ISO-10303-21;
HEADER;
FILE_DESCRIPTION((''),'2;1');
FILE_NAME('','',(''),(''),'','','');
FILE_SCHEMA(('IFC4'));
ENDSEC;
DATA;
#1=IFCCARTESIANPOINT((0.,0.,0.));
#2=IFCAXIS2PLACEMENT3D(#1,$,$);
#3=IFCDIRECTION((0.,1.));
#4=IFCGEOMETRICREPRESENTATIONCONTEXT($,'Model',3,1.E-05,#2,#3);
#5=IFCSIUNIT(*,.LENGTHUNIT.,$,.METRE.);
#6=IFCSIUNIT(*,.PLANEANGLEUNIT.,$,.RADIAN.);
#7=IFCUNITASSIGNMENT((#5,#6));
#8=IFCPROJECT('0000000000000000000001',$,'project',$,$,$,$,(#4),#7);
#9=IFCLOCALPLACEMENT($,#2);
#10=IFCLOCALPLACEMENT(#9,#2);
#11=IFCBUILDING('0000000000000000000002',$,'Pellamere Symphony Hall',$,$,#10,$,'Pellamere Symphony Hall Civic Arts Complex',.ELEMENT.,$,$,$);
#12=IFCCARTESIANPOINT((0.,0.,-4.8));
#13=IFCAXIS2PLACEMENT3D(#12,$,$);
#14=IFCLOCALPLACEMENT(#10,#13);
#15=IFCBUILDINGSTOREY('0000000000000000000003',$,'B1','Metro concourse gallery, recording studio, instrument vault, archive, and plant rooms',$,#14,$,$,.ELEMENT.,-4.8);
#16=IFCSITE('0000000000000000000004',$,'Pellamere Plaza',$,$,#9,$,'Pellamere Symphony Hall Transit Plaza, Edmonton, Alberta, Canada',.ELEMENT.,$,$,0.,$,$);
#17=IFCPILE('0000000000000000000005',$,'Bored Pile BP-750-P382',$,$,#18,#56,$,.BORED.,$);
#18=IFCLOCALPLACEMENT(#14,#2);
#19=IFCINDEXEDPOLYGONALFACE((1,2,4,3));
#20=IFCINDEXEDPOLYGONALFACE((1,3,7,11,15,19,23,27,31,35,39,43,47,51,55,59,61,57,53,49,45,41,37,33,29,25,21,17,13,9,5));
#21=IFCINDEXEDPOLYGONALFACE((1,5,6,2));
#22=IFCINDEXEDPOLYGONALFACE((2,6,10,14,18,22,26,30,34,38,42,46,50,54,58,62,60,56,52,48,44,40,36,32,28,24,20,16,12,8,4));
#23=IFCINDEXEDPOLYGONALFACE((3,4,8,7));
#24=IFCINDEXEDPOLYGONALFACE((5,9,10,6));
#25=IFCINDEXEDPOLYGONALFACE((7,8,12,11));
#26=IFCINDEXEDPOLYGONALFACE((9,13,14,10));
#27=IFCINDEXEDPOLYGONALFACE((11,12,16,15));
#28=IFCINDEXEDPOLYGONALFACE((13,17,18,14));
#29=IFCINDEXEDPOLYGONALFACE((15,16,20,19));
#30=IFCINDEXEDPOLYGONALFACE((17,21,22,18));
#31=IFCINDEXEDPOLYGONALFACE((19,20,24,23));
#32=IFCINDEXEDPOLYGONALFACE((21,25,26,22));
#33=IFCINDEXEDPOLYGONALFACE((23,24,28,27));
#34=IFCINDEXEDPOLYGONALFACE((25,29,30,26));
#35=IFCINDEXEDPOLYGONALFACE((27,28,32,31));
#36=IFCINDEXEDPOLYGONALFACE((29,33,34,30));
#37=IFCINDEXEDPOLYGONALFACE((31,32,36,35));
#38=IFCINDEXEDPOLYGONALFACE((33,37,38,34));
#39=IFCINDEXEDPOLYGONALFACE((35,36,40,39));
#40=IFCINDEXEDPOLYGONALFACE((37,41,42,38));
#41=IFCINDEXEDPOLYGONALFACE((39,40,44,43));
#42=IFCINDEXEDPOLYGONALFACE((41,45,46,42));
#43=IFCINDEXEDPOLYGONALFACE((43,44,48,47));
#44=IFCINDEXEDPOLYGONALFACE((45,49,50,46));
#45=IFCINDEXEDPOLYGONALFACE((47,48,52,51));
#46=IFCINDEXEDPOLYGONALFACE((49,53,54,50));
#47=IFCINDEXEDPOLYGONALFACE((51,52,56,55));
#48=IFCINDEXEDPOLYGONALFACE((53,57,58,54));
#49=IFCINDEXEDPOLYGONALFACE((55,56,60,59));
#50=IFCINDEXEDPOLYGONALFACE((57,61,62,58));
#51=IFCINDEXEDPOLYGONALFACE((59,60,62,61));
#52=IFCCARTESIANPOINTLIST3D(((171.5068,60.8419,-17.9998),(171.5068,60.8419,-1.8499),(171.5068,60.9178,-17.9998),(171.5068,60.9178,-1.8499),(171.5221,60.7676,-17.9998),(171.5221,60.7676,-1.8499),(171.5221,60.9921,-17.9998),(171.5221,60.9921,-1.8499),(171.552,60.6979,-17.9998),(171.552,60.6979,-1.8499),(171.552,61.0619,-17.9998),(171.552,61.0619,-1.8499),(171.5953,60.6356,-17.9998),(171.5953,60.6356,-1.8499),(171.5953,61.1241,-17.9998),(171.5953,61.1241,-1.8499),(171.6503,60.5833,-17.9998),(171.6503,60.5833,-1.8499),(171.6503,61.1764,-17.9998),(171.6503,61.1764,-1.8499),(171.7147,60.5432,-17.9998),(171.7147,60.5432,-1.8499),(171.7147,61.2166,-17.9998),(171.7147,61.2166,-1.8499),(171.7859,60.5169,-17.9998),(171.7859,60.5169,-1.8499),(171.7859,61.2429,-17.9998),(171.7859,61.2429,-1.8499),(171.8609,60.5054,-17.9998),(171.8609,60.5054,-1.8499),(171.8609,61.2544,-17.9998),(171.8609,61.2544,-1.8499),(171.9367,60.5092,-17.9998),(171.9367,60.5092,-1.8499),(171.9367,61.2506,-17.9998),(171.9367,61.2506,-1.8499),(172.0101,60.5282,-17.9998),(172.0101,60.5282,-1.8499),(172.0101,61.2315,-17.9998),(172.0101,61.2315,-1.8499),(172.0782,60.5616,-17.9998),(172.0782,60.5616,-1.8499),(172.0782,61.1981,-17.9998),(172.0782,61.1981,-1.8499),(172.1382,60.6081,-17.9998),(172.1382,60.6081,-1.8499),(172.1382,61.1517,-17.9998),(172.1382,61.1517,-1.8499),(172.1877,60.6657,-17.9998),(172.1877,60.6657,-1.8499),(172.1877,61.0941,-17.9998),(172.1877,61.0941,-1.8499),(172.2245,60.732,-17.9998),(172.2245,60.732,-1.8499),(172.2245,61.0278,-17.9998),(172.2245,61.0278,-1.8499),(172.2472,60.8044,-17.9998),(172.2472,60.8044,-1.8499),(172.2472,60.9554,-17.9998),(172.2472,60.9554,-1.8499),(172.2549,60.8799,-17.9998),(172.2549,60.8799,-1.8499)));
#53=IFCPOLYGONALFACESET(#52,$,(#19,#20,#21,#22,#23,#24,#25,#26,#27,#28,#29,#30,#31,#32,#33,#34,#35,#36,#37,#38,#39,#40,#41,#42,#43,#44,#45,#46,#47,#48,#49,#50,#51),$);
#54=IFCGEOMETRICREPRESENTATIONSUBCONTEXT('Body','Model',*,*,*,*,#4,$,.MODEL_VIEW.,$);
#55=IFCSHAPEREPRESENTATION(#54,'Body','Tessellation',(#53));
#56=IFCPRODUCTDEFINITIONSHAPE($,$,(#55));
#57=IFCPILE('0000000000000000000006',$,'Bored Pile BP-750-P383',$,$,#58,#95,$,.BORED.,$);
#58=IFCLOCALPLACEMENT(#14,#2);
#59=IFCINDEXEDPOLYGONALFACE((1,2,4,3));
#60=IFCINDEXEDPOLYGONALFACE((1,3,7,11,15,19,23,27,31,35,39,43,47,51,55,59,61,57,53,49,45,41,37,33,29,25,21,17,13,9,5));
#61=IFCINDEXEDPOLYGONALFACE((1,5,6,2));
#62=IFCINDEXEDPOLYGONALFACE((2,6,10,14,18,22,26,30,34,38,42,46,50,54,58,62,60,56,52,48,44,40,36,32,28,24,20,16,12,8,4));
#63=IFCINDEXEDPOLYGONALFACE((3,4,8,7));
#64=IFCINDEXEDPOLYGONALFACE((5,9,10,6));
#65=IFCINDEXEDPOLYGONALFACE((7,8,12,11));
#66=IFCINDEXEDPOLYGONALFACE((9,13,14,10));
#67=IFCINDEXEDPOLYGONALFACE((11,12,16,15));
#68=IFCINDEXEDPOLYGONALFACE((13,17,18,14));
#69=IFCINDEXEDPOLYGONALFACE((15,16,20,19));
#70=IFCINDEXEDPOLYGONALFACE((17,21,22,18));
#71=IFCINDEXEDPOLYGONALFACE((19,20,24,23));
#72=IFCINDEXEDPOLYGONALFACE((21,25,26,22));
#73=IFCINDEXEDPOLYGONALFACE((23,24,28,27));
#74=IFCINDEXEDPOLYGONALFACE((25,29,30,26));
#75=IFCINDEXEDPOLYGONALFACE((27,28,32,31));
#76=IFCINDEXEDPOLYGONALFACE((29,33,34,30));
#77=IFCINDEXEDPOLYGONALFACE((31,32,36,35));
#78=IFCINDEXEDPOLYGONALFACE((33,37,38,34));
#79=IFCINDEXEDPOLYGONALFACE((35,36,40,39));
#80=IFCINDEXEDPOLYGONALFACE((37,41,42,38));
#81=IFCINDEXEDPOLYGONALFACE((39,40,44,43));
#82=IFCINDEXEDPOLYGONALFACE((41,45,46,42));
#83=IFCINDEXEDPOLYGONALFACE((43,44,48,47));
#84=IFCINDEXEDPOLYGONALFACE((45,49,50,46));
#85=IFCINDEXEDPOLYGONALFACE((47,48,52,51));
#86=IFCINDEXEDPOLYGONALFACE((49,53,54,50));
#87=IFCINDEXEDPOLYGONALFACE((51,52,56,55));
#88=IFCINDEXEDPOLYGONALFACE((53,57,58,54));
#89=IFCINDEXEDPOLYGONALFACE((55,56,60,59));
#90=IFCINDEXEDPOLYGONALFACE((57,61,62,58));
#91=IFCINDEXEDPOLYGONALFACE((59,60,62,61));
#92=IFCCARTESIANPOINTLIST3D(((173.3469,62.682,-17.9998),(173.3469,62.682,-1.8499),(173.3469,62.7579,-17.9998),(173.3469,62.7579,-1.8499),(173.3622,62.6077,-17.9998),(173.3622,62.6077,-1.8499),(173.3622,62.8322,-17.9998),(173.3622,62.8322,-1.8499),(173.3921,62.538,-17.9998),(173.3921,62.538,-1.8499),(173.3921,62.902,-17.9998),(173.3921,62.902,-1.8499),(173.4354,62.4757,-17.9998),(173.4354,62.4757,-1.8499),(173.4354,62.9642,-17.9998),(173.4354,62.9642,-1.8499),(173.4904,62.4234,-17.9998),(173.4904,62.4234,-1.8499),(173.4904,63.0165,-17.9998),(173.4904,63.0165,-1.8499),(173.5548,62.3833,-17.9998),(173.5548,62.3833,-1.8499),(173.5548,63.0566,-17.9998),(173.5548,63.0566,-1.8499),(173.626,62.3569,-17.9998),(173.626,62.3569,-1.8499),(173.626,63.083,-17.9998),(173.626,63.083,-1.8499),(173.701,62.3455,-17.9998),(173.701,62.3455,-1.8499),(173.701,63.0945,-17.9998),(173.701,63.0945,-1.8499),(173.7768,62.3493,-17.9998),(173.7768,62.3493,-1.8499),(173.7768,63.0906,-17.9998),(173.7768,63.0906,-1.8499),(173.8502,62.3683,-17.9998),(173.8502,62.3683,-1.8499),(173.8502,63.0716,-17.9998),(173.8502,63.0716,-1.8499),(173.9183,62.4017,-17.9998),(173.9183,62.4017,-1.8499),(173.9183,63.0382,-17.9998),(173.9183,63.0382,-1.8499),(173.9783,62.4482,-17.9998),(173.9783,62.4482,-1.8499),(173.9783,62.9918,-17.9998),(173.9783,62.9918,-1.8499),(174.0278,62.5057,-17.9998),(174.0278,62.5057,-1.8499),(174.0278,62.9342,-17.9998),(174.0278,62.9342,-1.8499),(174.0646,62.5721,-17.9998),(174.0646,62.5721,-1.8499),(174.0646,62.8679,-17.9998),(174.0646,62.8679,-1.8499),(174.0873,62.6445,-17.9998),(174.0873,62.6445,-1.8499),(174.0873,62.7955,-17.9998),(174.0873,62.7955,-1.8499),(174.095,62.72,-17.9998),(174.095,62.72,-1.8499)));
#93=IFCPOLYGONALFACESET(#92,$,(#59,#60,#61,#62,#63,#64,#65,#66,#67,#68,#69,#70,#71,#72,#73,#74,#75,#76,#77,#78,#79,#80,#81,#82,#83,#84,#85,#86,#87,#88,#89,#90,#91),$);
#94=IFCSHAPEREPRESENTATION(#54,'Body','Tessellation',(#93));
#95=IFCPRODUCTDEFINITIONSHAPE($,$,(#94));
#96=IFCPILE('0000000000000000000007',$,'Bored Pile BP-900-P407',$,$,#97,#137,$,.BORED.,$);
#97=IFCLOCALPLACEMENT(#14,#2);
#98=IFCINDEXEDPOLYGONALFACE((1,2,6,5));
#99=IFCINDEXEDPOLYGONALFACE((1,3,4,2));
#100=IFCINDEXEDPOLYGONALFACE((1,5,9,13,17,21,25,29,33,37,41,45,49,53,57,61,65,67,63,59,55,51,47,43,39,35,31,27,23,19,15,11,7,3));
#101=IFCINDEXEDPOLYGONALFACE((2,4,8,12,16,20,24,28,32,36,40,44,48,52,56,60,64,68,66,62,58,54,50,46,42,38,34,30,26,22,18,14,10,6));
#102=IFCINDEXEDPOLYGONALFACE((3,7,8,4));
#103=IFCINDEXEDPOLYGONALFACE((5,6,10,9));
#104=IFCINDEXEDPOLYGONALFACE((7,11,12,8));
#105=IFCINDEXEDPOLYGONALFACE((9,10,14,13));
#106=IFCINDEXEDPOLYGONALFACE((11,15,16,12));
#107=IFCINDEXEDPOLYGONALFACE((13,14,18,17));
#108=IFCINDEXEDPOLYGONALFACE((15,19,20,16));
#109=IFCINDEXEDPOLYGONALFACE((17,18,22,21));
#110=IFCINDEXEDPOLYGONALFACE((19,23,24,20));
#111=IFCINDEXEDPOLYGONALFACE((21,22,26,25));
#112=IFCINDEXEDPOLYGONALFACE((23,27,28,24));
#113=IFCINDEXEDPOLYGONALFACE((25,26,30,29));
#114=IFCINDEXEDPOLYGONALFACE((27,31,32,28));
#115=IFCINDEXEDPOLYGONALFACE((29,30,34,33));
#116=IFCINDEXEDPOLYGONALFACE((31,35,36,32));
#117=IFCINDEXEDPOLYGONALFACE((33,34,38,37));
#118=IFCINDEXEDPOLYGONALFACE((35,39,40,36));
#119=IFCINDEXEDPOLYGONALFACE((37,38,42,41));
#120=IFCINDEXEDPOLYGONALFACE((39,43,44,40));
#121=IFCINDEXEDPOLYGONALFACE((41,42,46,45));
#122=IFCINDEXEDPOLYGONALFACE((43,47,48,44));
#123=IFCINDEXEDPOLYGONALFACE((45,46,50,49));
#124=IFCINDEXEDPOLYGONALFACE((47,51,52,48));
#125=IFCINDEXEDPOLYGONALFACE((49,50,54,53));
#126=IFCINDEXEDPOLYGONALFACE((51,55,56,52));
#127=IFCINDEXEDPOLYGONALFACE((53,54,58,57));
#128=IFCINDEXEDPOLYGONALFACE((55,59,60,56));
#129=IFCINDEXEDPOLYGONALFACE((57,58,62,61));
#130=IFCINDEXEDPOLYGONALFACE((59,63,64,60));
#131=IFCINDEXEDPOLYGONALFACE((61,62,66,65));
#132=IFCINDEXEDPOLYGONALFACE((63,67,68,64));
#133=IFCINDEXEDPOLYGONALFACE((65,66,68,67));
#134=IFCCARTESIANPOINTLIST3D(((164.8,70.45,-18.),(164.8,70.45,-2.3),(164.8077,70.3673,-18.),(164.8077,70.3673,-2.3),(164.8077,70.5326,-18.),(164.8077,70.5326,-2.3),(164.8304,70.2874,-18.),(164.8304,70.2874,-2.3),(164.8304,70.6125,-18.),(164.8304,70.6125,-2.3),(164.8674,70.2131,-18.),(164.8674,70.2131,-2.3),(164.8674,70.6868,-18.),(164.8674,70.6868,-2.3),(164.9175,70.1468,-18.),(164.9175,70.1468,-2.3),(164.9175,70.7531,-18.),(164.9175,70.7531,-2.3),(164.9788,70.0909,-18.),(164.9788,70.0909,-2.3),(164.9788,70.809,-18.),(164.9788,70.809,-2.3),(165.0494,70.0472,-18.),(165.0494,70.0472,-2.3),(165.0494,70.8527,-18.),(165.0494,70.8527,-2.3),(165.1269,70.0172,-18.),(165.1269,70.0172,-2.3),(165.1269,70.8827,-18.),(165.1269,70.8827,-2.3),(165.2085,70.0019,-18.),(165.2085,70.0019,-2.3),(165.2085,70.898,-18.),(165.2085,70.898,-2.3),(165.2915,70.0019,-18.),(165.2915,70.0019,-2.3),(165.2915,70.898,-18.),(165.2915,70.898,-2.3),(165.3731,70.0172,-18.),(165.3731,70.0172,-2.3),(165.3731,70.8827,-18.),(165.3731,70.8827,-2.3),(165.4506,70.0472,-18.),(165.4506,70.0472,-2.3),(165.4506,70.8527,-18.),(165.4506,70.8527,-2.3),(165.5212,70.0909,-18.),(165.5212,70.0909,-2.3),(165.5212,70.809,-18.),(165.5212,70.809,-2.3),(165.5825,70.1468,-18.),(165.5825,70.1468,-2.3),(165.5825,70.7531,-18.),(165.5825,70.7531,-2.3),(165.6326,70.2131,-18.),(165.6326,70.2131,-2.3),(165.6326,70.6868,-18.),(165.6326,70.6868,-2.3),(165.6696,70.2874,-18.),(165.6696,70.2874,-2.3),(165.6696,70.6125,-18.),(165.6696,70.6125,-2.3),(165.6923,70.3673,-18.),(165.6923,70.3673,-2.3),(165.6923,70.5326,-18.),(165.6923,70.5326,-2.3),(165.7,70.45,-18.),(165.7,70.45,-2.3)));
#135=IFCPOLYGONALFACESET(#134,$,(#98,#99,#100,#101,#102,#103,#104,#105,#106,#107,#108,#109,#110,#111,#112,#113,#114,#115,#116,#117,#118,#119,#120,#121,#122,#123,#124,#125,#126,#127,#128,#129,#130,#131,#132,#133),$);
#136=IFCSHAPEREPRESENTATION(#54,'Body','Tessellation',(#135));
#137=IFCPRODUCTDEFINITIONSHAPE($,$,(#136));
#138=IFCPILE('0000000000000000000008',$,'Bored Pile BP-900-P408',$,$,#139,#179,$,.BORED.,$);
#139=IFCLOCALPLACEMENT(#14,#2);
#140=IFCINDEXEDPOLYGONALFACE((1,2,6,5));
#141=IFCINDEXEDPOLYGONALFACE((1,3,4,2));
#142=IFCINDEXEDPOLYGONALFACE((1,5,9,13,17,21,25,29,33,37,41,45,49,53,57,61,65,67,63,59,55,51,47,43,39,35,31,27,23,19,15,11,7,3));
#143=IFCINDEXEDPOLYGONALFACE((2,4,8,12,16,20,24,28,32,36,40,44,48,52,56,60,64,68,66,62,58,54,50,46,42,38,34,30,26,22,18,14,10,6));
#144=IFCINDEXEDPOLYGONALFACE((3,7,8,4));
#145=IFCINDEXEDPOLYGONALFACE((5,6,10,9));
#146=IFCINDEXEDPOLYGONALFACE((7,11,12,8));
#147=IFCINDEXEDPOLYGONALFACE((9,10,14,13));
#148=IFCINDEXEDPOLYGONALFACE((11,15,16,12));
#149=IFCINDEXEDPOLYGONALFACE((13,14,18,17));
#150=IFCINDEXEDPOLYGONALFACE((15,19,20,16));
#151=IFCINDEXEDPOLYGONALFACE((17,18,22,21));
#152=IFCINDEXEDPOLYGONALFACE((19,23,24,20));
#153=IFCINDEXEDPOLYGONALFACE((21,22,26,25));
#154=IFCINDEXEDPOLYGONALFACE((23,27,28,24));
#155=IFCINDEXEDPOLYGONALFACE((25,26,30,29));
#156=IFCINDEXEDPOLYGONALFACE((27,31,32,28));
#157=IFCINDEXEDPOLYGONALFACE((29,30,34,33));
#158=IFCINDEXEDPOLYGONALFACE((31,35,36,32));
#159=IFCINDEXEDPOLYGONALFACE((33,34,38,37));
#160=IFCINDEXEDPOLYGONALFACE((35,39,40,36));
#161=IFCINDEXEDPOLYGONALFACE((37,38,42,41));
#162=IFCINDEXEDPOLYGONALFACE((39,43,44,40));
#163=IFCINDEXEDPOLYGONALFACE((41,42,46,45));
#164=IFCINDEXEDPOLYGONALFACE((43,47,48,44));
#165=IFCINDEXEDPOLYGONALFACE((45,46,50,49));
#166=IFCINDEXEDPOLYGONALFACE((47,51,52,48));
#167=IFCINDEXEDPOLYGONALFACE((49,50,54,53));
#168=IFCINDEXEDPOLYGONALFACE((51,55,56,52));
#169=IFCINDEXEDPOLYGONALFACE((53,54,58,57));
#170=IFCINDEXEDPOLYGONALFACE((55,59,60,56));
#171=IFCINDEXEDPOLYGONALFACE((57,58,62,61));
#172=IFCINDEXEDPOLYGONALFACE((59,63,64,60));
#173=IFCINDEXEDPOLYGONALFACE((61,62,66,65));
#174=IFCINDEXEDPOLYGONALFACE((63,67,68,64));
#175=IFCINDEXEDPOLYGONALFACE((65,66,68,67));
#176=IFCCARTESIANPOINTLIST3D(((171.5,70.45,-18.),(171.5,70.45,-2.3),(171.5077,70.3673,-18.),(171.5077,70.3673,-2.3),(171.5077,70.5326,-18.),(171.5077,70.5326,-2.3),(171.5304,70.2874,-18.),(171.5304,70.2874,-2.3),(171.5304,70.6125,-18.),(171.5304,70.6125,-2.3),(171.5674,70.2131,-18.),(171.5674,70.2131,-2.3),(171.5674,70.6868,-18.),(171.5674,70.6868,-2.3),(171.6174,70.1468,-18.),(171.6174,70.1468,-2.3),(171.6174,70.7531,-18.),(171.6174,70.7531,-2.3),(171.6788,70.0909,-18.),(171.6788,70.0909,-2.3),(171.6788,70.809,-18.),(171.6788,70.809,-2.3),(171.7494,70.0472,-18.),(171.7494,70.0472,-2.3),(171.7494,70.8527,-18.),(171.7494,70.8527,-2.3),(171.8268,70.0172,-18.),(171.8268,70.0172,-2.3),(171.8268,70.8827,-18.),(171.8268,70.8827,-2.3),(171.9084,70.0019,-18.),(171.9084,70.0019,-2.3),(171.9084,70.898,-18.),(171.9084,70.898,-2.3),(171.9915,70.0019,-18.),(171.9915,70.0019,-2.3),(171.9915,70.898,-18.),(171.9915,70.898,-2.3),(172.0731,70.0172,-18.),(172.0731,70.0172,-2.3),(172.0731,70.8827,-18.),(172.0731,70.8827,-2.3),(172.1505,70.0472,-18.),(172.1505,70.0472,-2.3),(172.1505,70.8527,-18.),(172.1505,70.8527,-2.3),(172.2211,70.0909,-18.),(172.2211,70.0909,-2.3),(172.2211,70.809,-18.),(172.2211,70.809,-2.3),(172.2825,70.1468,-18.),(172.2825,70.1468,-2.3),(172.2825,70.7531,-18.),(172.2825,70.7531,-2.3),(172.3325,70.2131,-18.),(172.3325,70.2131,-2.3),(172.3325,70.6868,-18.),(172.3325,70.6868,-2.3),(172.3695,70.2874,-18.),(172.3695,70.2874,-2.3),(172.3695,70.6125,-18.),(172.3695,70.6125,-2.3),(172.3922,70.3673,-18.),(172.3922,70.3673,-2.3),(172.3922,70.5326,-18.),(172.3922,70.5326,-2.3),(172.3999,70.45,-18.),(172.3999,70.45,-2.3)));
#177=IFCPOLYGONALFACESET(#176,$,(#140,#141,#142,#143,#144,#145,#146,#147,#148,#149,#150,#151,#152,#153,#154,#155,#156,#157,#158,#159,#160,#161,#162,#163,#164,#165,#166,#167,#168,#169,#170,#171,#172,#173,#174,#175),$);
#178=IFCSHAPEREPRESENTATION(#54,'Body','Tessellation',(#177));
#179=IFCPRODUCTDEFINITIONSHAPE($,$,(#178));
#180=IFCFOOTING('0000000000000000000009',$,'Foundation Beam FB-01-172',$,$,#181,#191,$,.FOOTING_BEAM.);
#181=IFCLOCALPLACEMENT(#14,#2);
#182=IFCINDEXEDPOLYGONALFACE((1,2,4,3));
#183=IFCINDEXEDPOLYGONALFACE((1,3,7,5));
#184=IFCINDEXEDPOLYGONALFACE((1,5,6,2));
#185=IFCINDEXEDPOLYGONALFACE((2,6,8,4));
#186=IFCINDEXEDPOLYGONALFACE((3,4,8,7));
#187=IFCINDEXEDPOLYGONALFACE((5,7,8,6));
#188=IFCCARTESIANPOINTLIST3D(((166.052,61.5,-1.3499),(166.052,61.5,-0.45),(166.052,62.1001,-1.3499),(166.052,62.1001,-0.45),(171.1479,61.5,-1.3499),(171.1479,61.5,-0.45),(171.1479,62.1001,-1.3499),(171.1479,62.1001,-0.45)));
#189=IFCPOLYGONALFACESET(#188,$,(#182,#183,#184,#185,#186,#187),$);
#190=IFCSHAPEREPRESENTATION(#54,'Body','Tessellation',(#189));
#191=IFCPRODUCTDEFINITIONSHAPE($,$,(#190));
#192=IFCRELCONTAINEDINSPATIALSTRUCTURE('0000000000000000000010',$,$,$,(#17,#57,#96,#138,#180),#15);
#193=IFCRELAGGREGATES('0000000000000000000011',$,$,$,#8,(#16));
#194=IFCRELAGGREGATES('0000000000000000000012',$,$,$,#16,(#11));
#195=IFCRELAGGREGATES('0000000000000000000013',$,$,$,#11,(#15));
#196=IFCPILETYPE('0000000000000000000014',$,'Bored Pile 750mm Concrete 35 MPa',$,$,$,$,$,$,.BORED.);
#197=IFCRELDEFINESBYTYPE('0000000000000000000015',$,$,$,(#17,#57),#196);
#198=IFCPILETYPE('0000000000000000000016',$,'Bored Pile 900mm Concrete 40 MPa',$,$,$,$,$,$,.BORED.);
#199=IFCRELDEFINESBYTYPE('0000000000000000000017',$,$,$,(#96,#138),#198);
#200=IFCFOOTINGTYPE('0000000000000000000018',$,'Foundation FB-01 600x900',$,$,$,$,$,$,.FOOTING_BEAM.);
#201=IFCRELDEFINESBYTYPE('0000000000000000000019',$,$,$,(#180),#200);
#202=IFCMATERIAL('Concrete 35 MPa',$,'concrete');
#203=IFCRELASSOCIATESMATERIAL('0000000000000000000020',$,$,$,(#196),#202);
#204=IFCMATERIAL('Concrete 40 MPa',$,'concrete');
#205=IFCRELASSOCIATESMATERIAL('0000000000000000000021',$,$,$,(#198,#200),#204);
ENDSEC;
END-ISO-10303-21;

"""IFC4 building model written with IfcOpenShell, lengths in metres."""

from ifc_helpers import new_model, si_unit, direction, frame, origin, origin_2d, place, context, subcontext, project, spatial, rectangle, circle, extrude, material, material_profile, profile_set, type_object, element, save


model = new_model("IFC4")

# Units and contexts
model_context = context("Model", 3, precision=1e-05, world=origin(), true_north=direction((0.0, 1.0)))
body_context = subcontext(model_context, "Body", "Model", "MODEL_VIEW")
ifc_project = project(units=[si_unit("LENGTHUNIT", "METRE"), si_unit("PLANEANGLEUNIT", "RADIAN")], contexts=[model_context])

# Site, building, storey
site_placement = place(None, origin())
site = spatial("IfcSite", under=ifc_project, at=site_placement, Name="Pellamere Plaza", LongName="Pellamere Symphony Hall Transit Plaza, Edmonton, Alberta, Canada", CompositionType="ELEMENT", RefElevation=0.0)
building_placement = place(site_placement, origin())
building = spatial("IfcBuilding", under=site, at=building_placement, Name="Pellamere Symphony Hall", LongName="Pellamere Symphony Hall Civic Arts Complex", CompositionType="ELEMENT")
storey_placement = place(building_placement, frame((0.0, 0.0, -4.8)))
storey = spatial("IfcBuildingStorey", under=building, at=storey_placement, Name="B1", Description="Metro concourse gallery, recording studio, instrument vault, archive, and plant rooms", CompositionType="ELEMENT", Elevation=-4.8)

# Piles
ifc_material_1 = material(Name="Concrete 35 MPa", Category="concrete")
ifc_material_profile_1 = material_profile(ifc_material_1, circle(Radius=0.375, at=origin_2d()), Name="PILE D750")
ifc_profile_set_1 = profile_set([ifc_material_profile_1], Name="Concrete 35 MPa")
pile_type_1 = type_object("IfcPileType", Name="Bored Pile 750mm Concrete 35 MPa", PredefinedType="BORED", material=ifc_profile_set_1)
for number, where, z_axis, x_axis, name in (
    (1, (171.8799, 60.8799, -1.8499), (0.0, 0.0, -1.0), (1.0, 0.0, 0.0), "Bored Pile BP-750-P382"),
    (2, (173.72, 62.72, -1.8499), (0.0, 0.0, -1.0), (1.0, 0.0, 0.0), "Bored Pile BP-750-P383"),
):
    element("IfcPile", number, at=place(storey_placement, frame(where, z_axis=z_axis, x_axis=x_axis)), inside=storey, type_object=pile_type_1, Name=name, PredefinedType="BORED", context=body_context, shape_type="SweptSolid", body=[
        extrude(circle(Radius=0.375, at=origin_2d()), origin(), (0.0, 0.0, 1.0), 16.1499),
    ])
ifc_material_2 = material(Name="Concrete 40 MPa", Category="concrete")
ifc_material_profile_2 = material_profile(ifc_material_2, circle(Radius=0.45, at=origin_2d()), Name="PILE D900")
ifc_profile_set_2 = profile_set([ifc_material_profile_2], Name="Concrete 40 MPa")
pile_type_2 = type_object("IfcPileType", Name="Bored Pile 900mm Concrete 40 MPa", PredefinedType="BORED", material=ifc_profile_set_2)
for number, where, z_axis, x_axis, name in (
    (3, (165.25, 70.45, -2.3), (0.0, 0.0, -1.0), (1.0, 0.0, 0.0), "Bored Pile BP-900-P407"),
    (4, (171.95, 70.45, -2.3), (0.0, 0.0, -1.0), (1.0, 0.0, 0.0), "Bored Pile BP-900-P408"),
):
    element("IfcPile", number, at=place(storey_placement, frame(where, z_axis=z_axis, x_axis=x_axis)), inside=storey, type_object=pile_type_2, Name=name, PredefinedType="BORED", context=body_context, shape_type="SweptSolid", body=[
        extrude(circle(Radius=0.45, at=origin_2d()), origin(), (0.0, 0.0, 1.0), 15.7),
    ])

# Footing
ifc_material_profile_3 = material_profile(ifc_material_2, rectangle(XDim=0.6001, YDim=0.8999, at=origin_2d()), Name="RC 600x900")
ifc_profile_set_3 = profile_set([ifc_material_profile_3], Name="Concrete 40 MPa")
footing_type_1 = type_object("IfcFootingType", Name="Foundation FB-01 600x900", PredefinedType="FOOTING_BEAM", material=ifc_profile_set_3)
footing_1_placement = place(storey_placement, frame((166.052, 61.8, -0.8999), z_axis=(1.0, 0.0, 0.0), x_axis=(0.0, 1.0, 0.0)))
element("IfcFooting", 5, at=footing_1_placement, inside=storey, type_object=footing_type_1, Name="Foundation Beam FB-01-172", PredefinedType="FOOTING_BEAM", context=body_context, shape_type="SweptSolid", body=[
    extrude(rectangle(XDim=0.6001, YDim=0.8999, at=origin_2d()), origin(), (0.0, 0.0, 1.0), 5.0959),
])

save(model, "model.ifc")
